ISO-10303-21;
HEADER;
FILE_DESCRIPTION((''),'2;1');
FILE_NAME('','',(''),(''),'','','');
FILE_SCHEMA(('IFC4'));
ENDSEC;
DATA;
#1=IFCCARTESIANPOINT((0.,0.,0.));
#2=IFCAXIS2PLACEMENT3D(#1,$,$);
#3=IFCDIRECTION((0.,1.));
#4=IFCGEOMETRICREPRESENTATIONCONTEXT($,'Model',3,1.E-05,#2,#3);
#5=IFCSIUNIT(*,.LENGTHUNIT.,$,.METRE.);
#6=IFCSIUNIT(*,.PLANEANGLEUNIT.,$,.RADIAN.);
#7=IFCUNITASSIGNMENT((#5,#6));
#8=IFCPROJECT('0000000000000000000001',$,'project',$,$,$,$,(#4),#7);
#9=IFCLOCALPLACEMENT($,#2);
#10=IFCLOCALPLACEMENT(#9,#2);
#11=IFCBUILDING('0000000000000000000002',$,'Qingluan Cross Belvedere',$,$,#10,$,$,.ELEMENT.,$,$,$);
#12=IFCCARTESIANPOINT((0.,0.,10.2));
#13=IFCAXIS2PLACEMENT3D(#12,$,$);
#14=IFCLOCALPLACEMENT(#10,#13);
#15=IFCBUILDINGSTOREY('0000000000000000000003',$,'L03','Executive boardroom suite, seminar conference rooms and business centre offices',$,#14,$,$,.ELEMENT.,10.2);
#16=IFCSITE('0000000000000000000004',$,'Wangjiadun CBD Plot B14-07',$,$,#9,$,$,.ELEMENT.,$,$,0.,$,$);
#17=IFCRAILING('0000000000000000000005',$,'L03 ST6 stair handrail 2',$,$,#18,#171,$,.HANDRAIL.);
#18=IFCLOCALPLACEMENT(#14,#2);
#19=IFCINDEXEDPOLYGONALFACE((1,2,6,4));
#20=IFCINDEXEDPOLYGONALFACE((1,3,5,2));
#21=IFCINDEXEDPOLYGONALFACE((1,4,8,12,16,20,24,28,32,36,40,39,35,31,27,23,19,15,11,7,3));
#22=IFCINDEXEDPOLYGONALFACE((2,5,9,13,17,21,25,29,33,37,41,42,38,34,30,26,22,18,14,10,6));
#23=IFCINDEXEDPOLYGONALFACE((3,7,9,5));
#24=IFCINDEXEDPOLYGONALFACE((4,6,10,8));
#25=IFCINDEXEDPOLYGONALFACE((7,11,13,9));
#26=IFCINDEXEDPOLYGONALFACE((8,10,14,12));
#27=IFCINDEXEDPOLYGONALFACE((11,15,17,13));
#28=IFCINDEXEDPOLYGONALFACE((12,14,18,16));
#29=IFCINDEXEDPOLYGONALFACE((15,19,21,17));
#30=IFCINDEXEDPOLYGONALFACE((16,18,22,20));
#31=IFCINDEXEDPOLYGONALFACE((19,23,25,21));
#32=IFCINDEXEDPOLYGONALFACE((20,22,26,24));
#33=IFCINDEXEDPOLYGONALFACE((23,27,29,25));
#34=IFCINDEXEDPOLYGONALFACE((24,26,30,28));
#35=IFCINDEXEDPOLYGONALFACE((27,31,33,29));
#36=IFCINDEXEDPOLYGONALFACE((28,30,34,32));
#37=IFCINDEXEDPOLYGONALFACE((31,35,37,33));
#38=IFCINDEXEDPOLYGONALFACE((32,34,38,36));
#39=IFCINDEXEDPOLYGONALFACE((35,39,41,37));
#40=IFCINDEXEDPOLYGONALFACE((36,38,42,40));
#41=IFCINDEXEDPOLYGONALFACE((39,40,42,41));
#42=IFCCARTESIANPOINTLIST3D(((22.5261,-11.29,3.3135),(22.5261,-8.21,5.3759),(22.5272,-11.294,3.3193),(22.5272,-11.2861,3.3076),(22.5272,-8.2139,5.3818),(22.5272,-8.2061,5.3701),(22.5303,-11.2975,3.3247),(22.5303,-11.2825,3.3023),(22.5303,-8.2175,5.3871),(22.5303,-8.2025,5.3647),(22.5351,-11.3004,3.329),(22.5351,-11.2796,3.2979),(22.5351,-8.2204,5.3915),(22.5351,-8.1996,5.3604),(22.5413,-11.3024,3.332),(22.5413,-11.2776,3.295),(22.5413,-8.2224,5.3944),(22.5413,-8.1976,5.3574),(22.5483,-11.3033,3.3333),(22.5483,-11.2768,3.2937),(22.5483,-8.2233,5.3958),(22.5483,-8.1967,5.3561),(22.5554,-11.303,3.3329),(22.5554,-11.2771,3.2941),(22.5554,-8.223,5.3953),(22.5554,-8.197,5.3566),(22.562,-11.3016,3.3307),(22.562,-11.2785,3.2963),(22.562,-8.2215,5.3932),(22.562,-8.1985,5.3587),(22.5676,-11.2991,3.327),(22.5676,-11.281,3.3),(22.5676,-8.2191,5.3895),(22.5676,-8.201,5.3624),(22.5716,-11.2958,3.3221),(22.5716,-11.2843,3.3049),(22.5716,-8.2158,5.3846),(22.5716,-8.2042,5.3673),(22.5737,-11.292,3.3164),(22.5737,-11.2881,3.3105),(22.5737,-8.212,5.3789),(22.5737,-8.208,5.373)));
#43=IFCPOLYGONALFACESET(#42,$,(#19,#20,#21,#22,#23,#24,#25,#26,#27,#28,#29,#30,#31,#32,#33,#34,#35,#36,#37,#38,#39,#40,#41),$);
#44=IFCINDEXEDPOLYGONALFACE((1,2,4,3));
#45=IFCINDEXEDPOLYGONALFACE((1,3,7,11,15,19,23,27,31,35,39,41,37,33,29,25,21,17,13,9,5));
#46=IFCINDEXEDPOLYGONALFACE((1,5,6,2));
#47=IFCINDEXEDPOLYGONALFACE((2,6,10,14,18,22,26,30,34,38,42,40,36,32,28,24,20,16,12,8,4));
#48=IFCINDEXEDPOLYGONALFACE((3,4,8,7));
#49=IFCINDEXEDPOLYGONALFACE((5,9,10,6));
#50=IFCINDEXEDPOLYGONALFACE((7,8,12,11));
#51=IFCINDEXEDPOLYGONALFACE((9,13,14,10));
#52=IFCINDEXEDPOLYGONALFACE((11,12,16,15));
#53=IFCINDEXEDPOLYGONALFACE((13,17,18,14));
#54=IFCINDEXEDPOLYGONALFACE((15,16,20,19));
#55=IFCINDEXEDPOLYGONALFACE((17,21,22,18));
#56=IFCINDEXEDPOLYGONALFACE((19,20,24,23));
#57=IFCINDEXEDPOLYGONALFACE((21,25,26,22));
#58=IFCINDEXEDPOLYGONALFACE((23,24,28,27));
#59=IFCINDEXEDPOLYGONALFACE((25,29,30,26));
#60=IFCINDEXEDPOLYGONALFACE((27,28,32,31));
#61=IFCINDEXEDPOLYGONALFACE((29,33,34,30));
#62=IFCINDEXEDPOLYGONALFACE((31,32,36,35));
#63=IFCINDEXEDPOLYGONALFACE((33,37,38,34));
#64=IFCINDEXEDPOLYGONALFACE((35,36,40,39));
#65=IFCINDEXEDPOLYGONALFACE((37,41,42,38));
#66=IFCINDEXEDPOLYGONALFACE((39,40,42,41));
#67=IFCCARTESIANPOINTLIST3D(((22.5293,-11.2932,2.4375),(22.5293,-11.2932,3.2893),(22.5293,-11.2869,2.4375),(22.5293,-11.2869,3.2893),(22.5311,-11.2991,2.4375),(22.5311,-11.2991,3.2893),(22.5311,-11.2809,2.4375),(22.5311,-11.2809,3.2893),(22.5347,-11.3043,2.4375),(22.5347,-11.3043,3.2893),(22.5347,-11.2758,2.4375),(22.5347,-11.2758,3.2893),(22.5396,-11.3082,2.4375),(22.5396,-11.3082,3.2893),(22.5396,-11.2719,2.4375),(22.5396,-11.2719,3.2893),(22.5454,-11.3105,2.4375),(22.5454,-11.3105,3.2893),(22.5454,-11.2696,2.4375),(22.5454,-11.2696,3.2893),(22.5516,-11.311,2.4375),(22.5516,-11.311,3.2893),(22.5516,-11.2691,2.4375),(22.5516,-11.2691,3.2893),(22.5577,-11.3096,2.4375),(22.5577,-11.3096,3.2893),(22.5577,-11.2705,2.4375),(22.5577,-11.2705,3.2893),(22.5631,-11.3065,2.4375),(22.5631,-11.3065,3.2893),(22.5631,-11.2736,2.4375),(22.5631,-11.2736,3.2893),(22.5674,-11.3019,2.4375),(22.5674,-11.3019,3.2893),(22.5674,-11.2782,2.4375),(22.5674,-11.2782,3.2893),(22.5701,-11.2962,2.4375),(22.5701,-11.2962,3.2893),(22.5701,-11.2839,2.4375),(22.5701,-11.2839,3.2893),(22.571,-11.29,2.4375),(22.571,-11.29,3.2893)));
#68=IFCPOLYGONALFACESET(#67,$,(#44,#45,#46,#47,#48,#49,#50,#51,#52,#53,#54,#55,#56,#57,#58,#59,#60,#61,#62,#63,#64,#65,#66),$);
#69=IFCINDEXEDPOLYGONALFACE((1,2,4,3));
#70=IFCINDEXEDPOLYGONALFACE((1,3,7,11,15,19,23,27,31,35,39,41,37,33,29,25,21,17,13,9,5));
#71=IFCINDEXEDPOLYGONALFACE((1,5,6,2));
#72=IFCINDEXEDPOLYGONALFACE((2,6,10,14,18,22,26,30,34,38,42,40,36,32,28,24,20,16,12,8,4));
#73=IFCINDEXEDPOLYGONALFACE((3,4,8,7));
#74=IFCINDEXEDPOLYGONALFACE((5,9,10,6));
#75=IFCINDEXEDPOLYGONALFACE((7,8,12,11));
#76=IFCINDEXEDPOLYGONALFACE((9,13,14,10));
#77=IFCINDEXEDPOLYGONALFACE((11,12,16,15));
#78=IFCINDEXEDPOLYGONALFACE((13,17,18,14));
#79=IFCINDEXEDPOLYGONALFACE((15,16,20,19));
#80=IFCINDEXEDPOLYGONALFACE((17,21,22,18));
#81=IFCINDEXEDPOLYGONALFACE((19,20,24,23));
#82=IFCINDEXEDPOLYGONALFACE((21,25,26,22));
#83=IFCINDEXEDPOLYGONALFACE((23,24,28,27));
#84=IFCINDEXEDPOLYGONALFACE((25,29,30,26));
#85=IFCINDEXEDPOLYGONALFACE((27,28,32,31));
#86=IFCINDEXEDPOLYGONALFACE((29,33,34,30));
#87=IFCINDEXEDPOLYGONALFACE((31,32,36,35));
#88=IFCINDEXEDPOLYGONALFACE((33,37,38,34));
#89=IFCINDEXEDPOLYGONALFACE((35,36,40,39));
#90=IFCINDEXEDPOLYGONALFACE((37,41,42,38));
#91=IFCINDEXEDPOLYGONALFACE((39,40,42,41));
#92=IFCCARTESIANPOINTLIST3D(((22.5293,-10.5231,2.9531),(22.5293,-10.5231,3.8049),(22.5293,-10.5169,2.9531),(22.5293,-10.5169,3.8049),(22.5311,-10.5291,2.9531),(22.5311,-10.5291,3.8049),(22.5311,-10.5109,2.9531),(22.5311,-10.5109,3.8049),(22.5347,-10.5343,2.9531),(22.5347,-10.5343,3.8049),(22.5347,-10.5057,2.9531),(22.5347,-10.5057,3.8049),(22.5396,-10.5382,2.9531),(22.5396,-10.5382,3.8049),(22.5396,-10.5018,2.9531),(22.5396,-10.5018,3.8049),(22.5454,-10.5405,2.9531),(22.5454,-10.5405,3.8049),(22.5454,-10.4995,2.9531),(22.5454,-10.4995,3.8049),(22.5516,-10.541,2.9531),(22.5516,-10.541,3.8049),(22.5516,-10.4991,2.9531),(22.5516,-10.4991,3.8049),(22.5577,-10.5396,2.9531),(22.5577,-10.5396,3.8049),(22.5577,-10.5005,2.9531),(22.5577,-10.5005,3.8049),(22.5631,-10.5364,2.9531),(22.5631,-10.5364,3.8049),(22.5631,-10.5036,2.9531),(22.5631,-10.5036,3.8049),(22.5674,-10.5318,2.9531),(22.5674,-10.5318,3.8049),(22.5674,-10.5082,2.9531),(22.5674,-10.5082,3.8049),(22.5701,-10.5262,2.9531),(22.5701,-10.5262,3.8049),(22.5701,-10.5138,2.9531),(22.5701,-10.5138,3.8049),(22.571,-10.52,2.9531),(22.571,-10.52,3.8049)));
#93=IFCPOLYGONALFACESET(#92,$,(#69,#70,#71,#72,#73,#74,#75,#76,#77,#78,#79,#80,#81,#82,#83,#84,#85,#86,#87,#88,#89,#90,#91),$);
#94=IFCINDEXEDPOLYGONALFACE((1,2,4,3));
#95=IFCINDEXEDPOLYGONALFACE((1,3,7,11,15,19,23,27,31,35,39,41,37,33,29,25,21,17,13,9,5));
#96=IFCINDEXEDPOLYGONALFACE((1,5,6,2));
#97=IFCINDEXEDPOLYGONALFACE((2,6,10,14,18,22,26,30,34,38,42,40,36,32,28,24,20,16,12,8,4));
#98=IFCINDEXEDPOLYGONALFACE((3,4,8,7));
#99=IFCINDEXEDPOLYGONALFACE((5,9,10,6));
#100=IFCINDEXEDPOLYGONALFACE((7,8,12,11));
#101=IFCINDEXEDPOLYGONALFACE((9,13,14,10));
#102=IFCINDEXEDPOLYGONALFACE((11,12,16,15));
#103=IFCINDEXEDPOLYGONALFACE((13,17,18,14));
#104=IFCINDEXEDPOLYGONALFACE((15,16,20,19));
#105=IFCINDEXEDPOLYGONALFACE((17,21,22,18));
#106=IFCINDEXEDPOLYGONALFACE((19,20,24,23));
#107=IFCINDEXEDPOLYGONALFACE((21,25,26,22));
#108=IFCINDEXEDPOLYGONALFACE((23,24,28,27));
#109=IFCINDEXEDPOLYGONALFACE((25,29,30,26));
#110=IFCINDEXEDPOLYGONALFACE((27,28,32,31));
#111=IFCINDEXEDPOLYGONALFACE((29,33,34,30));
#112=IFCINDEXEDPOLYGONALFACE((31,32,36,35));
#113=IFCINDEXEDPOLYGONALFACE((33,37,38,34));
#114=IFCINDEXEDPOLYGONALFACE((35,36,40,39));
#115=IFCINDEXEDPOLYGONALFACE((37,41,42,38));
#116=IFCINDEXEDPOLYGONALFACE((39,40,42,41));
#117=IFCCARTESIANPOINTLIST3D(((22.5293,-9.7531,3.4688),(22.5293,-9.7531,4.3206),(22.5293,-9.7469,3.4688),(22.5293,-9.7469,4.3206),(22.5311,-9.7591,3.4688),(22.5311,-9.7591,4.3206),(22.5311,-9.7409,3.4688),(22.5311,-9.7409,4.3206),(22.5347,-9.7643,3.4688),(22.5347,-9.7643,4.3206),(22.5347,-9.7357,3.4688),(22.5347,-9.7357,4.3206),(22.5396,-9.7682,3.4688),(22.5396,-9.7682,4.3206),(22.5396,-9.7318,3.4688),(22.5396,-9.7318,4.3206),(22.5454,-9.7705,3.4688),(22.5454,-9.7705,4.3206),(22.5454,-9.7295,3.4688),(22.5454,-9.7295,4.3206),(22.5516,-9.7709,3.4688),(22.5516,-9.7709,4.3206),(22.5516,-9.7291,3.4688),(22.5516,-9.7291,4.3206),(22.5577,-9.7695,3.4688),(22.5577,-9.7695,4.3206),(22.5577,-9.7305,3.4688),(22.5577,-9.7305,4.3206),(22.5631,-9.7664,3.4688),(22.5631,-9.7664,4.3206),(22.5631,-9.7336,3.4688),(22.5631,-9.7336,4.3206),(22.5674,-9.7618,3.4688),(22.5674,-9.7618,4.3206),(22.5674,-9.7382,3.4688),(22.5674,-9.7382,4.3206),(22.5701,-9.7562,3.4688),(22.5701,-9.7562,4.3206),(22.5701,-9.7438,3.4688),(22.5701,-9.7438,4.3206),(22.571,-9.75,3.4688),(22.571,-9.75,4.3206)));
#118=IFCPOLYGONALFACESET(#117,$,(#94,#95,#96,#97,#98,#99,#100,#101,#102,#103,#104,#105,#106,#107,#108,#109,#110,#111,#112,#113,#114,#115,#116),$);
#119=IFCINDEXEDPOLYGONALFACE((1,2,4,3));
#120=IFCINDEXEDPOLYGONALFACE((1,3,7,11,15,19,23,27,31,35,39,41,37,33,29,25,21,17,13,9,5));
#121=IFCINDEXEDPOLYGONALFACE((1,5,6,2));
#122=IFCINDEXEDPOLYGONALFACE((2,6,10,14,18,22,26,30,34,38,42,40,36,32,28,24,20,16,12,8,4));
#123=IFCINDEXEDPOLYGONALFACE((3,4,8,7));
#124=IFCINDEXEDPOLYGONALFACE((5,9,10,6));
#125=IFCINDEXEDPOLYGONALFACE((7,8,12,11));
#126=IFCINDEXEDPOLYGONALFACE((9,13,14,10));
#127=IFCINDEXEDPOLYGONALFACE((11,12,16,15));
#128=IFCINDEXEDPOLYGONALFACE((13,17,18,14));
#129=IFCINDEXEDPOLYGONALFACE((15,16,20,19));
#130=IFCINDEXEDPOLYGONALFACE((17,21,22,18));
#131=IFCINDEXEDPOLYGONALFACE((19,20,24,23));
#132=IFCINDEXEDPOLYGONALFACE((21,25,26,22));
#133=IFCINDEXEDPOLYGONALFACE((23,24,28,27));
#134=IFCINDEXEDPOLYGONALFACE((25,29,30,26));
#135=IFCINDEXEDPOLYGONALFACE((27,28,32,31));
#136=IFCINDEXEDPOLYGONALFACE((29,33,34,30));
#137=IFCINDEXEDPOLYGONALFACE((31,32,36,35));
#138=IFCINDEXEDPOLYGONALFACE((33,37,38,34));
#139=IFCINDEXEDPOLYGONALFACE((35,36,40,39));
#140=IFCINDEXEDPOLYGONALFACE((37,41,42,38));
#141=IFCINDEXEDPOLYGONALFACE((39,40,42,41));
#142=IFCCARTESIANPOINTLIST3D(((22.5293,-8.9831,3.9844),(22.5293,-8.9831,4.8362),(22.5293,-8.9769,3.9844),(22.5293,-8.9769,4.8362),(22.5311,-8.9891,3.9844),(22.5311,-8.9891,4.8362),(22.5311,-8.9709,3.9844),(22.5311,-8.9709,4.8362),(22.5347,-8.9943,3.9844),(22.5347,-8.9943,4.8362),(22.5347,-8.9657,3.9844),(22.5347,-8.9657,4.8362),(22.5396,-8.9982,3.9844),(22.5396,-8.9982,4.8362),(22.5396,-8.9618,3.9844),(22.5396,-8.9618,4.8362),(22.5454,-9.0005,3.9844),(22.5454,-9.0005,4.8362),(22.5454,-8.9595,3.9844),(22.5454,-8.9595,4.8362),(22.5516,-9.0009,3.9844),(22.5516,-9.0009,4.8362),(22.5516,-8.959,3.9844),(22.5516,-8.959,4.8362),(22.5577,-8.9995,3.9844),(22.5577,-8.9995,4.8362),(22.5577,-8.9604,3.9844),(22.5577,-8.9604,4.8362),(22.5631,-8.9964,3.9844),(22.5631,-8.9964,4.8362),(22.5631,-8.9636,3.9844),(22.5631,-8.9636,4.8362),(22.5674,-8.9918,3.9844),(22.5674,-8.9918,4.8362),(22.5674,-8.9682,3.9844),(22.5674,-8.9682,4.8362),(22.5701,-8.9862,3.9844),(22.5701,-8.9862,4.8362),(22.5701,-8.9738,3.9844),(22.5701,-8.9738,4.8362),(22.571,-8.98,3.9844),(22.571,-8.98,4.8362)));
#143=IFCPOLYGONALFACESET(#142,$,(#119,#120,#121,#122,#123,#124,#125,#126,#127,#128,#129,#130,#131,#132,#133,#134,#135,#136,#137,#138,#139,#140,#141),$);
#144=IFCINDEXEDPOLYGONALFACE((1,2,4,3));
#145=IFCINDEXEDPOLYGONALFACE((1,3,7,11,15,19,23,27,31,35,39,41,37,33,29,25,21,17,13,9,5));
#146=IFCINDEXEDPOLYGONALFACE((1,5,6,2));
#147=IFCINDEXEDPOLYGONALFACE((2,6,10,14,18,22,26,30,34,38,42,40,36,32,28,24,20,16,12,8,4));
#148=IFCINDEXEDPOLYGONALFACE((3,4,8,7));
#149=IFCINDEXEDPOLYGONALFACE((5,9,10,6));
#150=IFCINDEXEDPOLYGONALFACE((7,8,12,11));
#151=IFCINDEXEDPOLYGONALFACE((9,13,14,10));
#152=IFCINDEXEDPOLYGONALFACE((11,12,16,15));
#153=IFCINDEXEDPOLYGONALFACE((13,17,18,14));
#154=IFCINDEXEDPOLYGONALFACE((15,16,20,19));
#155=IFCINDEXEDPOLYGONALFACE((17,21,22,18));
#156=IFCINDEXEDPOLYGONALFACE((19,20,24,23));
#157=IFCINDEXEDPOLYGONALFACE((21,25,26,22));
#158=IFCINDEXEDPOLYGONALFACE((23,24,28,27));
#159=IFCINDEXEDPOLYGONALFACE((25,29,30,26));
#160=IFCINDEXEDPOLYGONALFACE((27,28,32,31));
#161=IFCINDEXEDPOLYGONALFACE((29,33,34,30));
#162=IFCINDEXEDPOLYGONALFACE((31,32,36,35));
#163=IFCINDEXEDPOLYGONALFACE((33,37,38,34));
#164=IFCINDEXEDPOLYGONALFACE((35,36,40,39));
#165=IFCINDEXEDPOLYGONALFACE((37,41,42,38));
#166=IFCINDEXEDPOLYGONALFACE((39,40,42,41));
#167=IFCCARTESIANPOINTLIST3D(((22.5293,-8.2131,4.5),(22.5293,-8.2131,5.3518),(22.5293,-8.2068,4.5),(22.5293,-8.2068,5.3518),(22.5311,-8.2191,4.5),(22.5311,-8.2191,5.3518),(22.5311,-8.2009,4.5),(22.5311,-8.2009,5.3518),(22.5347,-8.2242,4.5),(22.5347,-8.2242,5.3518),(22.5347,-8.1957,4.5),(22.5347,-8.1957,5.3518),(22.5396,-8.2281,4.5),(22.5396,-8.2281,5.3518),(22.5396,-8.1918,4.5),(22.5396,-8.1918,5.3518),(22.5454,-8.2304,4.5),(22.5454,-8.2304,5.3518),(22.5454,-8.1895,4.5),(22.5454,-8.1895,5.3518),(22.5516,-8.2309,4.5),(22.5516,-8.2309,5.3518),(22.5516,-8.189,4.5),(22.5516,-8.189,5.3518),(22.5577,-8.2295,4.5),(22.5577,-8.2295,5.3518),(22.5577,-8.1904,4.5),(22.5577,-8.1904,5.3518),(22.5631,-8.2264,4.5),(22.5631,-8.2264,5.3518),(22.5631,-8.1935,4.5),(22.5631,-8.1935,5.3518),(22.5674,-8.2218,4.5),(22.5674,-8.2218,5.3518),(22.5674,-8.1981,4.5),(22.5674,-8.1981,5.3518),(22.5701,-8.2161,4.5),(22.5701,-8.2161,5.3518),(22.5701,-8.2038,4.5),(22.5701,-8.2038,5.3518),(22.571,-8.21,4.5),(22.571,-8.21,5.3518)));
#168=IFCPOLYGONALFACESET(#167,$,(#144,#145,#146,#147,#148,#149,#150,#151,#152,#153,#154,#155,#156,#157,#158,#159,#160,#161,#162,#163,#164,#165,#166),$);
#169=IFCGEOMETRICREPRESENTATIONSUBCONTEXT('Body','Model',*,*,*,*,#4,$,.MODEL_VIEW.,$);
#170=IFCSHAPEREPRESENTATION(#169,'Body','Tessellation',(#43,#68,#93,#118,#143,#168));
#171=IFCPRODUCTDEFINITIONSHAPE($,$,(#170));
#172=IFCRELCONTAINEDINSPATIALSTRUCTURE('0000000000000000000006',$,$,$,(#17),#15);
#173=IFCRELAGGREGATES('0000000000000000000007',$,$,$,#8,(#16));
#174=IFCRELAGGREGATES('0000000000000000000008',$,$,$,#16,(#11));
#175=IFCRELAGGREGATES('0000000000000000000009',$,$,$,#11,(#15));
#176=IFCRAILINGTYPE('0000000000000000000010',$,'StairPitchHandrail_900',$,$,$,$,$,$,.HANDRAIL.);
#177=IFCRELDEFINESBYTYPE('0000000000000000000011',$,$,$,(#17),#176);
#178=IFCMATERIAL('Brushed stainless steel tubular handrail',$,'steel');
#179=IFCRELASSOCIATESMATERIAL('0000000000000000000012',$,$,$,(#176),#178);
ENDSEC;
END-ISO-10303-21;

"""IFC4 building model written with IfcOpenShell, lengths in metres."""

from ifc_helpers import new_model, si_unit, direction, frame, origin, origin_2d, place, context, subcontext, project, spatial, circle, extrude, material, type_object, element, save


model = new_model("IFC4")

# Units and contexts
model_context = context("Model", 3, precision=1e-05, world=origin(), true_north=direction((0.0, 1.0)))
body_context = subcontext(model_context, "Body", "Model", "MODEL_VIEW")
ifc_project = project(units=[si_unit("LENGTHUNIT", "METRE"), si_unit("PLANEANGLEUNIT", "RADIAN")], contexts=[model_context])

# Site, building, storey
site_placement = place(None, origin())
site = spatial("IfcSite", under=ifc_project, at=site_placement, Name="Wangjiadun CBD Plot B14-07", CompositionType="ELEMENT", RefElevation=0.0)
building_placement = place(site_placement, origin())
building = spatial("IfcBuilding", under=site, at=building_placement, Name="Qingluan Cross Belvedere", CompositionType="ELEMENT")
storey_placement = place(building_placement, frame((0.0, 0.0, 10.2)))
storey = spatial("IfcBuildingStorey", under=building, at=storey_placement, Name="L03", Description="Executive boardroom suite, seminar conference rooms and business centre offices", CompositionType="ELEMENT", Elevation=10.2)

# Railing
ifc_material_1 = material(Name="Brushed stainless steel tubular handrail", Category="steel")
railing_type_1 = type_object("IfcRailingType", Name="StairPitchHandrail_900", PredefinedType="HANDRAIL", material=ifc_material_1)
railing_1_placement = place(storey_placement, frame((22.55, -11.29, 2.4375)))
element("IfcRailing", 1, at=railing_1_placement, inside=storey, type_object=railing_type_1, Name="L03 ST6 stair handrail 2", PredefinedType="HANDRAIL", context=body_context, shape_type="SweptSolid", body=[
    extrude(circle(Radius=0.0239, at=origin_2d()), frame((0.0, 0.0, 0.876), z_axis=(0.0, 0.830914, 0.556401), x_axis=(-1.0, 0.0, 0.0)), (0.0, 0.0, 1.0), 3.7068),
    extrude(circle(Radius=0.021, at=origin_2d()), origin(), (0.0, 0.0, 1.0), 0.8518),
    extrude(circle(Radius=0.021, at=origin_2d()), frame((0.0, 0.77, 0.5156)), (0.0, 0.0, 1.0), 0.8518),
    extrude(circle(Radius=0.021, at=origin_2d()), frame((0.0, 1.54, 1.0312)), (0.0, 0.0, 1.0), 0.8518),
    extrude(circle(Radius=0.021, at=origin_2d()), frame((0.0, 2.3101, 1.5469)), (0.0, 0.0, 1.0), 0.8518),
    extrude(circle(Radius=0.021, at=origin_2d()), frame((0.0, 3.0801, 2.0625)), (0.0, 0.0, 1.0), 0.8518),
])

save(model, "model.ifc")
